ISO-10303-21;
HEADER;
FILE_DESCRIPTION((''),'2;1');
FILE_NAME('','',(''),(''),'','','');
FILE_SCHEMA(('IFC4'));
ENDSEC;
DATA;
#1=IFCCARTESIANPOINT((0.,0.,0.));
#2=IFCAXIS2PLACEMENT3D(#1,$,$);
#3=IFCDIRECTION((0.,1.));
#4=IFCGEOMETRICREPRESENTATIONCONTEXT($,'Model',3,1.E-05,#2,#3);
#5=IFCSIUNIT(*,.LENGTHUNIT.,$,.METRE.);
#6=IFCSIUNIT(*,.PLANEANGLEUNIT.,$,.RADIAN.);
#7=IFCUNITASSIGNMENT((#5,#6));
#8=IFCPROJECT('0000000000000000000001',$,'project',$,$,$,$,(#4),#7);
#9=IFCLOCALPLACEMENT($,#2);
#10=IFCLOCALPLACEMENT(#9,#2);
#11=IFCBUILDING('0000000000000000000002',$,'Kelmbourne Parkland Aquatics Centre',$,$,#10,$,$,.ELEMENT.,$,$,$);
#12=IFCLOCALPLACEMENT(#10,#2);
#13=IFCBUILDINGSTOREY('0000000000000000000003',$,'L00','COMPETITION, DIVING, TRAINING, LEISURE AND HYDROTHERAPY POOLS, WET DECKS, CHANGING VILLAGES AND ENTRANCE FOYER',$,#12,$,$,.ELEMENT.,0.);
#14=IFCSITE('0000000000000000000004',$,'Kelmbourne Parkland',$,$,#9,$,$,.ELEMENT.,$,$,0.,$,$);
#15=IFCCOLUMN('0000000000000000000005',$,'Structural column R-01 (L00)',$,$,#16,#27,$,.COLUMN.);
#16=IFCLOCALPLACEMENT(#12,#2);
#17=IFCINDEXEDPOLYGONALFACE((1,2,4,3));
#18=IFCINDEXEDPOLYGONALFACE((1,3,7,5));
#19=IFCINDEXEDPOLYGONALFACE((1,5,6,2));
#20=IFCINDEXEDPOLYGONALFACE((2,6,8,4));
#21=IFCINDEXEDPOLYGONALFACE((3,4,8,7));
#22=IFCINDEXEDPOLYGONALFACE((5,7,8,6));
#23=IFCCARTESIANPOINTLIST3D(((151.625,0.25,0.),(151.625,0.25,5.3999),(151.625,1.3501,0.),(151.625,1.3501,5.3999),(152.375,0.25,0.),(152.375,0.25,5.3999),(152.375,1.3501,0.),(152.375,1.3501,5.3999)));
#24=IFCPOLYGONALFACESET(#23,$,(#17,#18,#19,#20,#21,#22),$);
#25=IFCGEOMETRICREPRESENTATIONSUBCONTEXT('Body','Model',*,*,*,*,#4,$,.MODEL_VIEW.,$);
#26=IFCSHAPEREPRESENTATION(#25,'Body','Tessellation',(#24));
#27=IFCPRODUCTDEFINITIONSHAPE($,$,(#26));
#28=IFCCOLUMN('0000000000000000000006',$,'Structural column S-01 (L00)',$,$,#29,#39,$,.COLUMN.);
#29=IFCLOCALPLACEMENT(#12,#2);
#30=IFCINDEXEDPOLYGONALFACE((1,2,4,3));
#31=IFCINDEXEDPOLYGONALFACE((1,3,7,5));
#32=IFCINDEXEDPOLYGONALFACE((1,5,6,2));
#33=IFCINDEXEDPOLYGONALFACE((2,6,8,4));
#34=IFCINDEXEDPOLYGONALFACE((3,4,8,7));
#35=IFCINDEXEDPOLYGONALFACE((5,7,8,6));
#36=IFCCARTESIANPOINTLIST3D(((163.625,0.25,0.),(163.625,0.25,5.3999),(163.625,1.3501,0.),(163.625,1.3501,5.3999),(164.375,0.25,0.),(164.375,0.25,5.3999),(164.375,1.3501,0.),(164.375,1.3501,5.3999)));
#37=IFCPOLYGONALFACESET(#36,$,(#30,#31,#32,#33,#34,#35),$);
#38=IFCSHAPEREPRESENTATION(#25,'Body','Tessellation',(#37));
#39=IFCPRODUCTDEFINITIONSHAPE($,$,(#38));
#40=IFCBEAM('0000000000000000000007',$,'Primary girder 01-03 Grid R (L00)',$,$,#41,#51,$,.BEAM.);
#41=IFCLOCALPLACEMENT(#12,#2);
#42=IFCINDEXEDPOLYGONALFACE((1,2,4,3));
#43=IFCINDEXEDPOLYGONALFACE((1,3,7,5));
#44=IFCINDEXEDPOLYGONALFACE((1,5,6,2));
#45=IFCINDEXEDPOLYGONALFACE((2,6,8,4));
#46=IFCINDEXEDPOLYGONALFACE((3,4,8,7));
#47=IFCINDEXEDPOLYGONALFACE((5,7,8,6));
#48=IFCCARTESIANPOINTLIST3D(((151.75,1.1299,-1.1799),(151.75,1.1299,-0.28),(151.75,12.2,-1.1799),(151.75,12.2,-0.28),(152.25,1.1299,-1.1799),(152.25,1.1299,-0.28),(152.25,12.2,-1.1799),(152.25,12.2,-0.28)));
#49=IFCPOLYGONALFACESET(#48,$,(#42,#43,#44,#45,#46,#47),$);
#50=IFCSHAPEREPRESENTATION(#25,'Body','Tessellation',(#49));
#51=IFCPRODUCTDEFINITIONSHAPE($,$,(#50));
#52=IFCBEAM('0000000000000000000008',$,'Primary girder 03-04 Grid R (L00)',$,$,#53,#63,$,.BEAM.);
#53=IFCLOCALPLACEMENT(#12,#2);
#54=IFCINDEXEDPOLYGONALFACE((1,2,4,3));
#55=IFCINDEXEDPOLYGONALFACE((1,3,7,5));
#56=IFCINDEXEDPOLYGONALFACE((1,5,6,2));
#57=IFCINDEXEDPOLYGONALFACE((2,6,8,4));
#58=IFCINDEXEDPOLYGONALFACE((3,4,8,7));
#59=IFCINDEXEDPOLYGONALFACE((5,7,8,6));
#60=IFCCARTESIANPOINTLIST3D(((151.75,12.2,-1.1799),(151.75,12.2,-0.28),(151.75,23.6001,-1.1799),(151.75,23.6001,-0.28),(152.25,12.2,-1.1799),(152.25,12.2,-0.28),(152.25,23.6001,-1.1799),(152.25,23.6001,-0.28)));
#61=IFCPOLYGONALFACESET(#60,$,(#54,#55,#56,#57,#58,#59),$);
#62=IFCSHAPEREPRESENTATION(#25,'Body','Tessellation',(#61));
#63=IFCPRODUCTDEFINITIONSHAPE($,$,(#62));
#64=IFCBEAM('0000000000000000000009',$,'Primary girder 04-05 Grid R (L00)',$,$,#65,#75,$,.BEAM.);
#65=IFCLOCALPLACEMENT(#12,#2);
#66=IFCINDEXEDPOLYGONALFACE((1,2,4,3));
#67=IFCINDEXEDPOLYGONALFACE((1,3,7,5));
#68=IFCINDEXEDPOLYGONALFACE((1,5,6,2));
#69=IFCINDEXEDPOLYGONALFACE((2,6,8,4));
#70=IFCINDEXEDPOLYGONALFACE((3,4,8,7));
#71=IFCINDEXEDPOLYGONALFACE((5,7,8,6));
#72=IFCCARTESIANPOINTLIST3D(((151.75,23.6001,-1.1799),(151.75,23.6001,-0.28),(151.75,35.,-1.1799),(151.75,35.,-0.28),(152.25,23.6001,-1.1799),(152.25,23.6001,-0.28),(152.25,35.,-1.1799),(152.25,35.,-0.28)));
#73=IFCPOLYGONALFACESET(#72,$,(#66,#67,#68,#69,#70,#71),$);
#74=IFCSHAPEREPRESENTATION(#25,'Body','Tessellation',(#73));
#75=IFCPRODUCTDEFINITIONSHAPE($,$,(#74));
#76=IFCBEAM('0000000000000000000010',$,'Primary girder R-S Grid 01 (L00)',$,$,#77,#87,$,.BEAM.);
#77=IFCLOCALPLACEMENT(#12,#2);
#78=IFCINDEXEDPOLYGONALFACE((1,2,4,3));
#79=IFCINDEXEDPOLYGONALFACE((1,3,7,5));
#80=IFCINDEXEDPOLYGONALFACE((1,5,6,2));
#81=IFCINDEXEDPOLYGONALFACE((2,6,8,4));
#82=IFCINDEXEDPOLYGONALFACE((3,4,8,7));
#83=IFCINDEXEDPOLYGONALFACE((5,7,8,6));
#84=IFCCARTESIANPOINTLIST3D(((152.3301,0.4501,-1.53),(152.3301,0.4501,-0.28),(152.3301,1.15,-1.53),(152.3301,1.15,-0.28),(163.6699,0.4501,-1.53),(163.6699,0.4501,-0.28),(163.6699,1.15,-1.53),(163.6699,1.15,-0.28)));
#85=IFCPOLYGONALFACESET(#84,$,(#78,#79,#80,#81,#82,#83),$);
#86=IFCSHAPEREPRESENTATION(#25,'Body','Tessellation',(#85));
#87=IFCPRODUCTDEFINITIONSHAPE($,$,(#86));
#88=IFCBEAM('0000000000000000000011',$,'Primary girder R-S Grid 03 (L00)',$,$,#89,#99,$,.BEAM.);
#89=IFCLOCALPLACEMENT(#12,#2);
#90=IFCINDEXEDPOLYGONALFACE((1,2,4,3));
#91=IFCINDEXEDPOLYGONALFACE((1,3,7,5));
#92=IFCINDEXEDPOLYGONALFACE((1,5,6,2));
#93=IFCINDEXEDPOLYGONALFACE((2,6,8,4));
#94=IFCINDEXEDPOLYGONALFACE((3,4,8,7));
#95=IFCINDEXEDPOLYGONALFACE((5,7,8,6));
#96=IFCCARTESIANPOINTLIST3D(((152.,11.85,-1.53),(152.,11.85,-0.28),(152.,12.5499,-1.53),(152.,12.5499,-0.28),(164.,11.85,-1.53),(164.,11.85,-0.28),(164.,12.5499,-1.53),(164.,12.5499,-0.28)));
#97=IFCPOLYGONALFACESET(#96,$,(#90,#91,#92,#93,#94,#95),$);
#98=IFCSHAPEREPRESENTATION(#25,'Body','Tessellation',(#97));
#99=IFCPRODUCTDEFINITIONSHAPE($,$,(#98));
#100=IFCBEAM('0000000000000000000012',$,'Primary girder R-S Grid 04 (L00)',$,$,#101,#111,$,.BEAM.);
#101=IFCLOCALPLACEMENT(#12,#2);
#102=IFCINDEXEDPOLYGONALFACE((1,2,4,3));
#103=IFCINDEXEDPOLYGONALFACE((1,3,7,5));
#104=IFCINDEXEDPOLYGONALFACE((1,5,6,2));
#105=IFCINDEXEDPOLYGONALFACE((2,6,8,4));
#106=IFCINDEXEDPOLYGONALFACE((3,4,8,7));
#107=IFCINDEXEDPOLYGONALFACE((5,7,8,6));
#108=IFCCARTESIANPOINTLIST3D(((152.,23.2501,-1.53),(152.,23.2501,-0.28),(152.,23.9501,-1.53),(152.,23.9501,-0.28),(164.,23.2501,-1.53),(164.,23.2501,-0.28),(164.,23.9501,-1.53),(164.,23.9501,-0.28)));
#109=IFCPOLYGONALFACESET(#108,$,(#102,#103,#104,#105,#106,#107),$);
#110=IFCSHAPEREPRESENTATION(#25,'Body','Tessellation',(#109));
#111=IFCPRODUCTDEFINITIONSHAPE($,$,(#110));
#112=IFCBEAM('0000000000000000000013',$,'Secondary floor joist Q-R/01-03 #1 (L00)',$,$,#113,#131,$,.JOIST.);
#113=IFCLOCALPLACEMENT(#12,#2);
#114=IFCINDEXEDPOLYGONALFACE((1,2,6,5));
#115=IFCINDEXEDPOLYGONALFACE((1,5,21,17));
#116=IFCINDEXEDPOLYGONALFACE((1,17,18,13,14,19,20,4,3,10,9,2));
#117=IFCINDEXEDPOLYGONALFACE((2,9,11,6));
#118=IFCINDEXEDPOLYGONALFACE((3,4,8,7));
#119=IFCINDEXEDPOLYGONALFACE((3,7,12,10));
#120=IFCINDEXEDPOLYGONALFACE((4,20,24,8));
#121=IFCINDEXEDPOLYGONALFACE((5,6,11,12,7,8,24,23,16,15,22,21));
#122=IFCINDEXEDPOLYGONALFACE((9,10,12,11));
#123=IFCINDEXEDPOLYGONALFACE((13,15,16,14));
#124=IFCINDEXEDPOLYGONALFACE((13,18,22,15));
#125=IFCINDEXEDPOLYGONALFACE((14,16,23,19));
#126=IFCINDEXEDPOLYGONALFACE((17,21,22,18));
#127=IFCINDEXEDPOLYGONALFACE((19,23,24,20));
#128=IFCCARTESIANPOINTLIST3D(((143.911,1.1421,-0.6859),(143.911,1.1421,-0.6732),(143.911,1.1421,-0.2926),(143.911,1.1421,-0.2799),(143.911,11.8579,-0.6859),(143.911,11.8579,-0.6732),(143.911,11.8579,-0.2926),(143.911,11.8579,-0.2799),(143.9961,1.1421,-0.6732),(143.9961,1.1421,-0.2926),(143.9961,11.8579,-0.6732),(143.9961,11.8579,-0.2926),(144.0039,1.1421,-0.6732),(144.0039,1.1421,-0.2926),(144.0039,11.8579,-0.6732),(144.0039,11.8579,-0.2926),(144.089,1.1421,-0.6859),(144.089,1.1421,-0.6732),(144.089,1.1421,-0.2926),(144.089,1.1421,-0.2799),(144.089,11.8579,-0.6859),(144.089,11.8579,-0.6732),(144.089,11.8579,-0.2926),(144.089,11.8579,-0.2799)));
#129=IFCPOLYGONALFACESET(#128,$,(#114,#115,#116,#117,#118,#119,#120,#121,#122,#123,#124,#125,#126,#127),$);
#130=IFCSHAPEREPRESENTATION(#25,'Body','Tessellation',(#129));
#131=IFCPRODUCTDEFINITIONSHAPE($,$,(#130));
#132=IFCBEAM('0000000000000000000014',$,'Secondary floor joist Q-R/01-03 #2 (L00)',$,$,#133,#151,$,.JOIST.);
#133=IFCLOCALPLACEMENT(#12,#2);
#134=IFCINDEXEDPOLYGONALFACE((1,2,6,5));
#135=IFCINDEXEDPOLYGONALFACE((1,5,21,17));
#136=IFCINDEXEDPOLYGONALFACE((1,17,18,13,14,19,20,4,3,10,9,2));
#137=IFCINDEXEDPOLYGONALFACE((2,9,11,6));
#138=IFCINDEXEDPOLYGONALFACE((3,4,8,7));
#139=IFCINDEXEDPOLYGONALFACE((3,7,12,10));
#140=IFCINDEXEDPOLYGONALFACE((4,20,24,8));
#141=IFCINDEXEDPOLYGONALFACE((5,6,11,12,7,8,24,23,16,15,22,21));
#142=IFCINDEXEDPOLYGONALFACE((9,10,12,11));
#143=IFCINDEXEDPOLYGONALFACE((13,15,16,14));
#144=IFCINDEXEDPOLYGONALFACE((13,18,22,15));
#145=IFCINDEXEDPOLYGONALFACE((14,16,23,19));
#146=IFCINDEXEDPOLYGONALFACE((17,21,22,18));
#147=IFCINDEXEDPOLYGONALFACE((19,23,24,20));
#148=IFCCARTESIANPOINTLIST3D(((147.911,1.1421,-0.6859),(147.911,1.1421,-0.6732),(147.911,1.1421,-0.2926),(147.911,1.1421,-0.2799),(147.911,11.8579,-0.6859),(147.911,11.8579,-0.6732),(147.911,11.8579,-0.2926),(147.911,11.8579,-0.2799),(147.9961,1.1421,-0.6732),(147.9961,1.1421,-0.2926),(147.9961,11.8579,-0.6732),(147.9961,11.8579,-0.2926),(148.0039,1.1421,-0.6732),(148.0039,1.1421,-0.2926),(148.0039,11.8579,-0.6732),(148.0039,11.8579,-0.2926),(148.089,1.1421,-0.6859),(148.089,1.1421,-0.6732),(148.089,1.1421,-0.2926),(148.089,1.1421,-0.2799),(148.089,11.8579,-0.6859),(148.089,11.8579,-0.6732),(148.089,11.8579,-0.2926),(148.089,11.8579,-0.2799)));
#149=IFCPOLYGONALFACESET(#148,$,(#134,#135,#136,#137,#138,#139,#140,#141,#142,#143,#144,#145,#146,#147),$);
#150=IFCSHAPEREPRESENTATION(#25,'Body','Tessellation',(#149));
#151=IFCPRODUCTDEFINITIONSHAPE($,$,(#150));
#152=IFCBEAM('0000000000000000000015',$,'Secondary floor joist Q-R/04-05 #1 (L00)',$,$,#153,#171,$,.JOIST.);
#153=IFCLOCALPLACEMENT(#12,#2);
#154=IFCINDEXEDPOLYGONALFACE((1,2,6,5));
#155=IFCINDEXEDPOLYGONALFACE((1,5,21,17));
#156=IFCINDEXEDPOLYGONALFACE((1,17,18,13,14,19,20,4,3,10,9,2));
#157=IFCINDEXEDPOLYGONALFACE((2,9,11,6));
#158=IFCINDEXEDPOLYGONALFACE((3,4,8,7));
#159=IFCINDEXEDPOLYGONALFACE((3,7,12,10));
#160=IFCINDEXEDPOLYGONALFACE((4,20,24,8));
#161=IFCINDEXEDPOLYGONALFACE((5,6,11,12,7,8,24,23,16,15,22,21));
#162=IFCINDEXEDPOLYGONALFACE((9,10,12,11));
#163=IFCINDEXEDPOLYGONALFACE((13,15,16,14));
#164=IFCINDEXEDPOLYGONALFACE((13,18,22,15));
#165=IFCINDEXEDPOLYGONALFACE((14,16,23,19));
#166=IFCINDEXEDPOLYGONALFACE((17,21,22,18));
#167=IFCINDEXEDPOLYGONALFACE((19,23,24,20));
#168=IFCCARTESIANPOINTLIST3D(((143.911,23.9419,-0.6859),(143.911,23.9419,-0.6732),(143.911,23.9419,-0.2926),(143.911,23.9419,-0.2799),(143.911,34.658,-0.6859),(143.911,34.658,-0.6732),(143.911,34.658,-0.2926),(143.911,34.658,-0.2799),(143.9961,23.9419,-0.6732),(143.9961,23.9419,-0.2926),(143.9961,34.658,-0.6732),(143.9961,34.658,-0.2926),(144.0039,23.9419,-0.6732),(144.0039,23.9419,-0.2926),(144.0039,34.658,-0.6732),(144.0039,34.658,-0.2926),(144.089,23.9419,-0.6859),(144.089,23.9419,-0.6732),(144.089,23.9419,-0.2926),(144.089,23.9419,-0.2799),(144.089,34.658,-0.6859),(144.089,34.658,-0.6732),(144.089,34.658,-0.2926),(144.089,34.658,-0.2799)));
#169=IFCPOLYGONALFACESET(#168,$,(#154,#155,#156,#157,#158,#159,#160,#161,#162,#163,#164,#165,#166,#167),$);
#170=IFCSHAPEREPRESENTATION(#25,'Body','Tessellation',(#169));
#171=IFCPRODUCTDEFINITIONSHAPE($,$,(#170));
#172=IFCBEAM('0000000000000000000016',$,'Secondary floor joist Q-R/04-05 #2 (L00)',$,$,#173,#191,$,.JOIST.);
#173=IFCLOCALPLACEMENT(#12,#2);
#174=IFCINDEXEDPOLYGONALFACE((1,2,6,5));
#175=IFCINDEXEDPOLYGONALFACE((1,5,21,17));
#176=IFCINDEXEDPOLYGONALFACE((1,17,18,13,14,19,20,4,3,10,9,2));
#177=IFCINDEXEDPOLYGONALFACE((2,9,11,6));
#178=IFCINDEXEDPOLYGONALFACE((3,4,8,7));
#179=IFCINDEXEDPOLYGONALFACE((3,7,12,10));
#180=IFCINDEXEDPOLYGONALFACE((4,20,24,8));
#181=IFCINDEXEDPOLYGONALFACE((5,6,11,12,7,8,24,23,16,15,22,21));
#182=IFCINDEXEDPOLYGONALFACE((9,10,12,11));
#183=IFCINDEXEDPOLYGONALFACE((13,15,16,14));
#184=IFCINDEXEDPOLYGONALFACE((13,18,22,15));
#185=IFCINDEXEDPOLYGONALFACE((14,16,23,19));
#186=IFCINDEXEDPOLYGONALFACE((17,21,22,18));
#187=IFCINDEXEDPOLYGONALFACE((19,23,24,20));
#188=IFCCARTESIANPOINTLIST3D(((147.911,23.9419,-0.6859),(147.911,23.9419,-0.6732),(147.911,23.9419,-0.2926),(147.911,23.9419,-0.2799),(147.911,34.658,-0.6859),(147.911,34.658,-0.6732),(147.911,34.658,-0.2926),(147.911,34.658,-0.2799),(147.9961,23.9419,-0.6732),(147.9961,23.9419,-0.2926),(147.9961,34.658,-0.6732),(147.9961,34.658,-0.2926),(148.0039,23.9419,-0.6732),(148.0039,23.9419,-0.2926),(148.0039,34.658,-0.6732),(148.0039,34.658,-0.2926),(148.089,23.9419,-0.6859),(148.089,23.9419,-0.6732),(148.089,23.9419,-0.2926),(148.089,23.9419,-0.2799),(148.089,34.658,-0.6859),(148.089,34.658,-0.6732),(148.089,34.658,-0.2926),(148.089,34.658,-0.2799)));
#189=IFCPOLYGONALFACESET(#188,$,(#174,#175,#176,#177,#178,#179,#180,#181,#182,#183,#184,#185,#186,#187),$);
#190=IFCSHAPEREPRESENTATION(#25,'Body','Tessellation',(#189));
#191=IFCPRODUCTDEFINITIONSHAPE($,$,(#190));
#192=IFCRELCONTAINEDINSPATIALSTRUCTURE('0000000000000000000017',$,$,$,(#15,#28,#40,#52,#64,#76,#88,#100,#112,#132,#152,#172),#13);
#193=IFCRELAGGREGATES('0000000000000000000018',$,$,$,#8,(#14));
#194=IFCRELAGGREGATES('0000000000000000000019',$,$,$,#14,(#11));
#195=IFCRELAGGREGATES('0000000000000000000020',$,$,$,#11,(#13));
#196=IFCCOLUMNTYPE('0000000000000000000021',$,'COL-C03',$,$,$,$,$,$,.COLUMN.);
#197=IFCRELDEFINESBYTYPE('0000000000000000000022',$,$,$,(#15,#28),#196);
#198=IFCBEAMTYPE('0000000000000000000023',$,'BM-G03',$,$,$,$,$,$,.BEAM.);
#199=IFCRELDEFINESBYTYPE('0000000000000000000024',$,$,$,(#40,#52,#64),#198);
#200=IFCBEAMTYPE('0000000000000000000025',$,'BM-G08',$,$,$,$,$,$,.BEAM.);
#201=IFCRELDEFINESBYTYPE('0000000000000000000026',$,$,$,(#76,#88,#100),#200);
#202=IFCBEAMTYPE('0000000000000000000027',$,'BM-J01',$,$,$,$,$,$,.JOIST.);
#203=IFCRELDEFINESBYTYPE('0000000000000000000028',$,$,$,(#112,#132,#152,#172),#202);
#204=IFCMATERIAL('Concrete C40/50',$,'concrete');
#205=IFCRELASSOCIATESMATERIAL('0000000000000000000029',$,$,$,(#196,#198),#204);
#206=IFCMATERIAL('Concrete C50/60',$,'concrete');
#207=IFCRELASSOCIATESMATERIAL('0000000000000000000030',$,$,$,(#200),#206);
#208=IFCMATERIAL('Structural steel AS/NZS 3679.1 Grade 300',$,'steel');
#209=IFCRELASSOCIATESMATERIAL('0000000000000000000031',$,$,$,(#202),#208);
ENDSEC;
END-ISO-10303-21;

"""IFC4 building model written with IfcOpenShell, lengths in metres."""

from ifc_helpers import new_model, si_unit, direction, frame, origin, origin_2d, place, context, subcontext, project, spatial, rectangle, i_section, extrude, material, material_profile, profile_set, type_object, element, save


model = new_model("IFC4")

# Units and contexts
model_context = context("Model", 3, precision=1e-05, world=origin(), true_north=direction((0.0, 1.0)))
body_context = subcontext(model_context, "Body", "Model", "MODEL_VIEW")
ifc_project = project(units=[si_unit("LENGTHUNIT", "METRE"), si_unit("PLANEANGLEUNIT", "RADIAN")], contexts=[model_context])

# Site, building, storey
site_placement = place(None, origin())
site = spatial("IfcSite", under=ifc_project, at=site_placement, Name="Kelmbourne Parkland", CompositionType="ELEMENT", RefElevation=0.0)
building_placement = place(site_placement, origin())
building = spatial("IfcBuilding", under=site, at=building_placement, Name="Kelmbourne Parkland Aquatics Centre", CompositionType="ELEMENT")
storey_placement = place(building_placement, origin())
storey = spatial("IfcBuildingStorey", under=building, at=storey_placement, Name="L00", Description="COMPETITION, DIVING, TRAINING, LEISURE AND HYDROTHERAPY POOLS, WET DECKS, CHANGING VILLAGES AND ENTRANCE FOYER", CompositionType="ELEMENT", Elevation=0.0)

# Columns
ifc_material_1 = material(Name="Concrete C40/50", Category="concrete")
ifc_material_profile_1 = material_profile(ifc_material_1, rectangle(XDim=0.75, YDim=1.1001, at=origin_2d()), Name="RC 750x1100")
ifc_profile_set_1 = profile_set([ifc_material_profile_1], Name="Concrete C40/50")
column_type = type_object("IfcColumnType", Name="COL-C03", PredefinedType="COLUMN", material=ifc_profile_set_1)
for number, where, z_axis, x_axis, name in (
    (1, (152.0, 0.8, 0.0), (0.0, 0.0, 1.0), (1.0, 0.0, 0.0), "Structural column R-01 (L00)"),
    (2, (164.0, 0.8, 0.0), (0.0, 0.0, 1.0), (1.0, 0.0, 0.0), "Structural column S-01 (L00)"),
):
    element("IfcColumn", number, at=place(storey_placement, frame(where, z_axis=z_axis, x_axis=x_axis)), inside=storey, type_object=column_type, Name=name, PredefinedType="COLUMN", context=body_context, shape_type="SweptSolid", body=[
        extrude(rectangle(XDim=0.75, YDim=1.1001, at=origin_2d()), origin(), (0.0, 0.0, 1.0), 5.3999),
    ])

# Beams
ifc_material_profile_2 = material_profile(ifc_material_1, rectangle(XDim=0.5, YDim=0.8999, at=origin_2d()), Name="RC 500x900")
ifc_profile_set_2 = profile_set([ifc_material_profile_2], Name="Concrete C40/50")
beam_type_1 = type_object("IfcBeamType", Name="BM-G03", PredefinedType="BEAM", material=ifc_profile_set_2)
beam_1_placement = place(storey_placement, frame((152.0, 1.1299, -0.73), z_axis=(0.0, 1.0, 0.0), x_axis=(-1.0, 0.0, 0.0)))
element("IfcBeam", 3, at=beam_1_placement, inside=storey, type_object=beam_type_1, Name="Primary girder 01-03 Grid R (L00)", PredefinedType="BEAM", context=body_context, shape_type="SweptSolid", body=[
    extrude(rectangle(XDim=0.5, YDim=0.8999, at=origin_2d()), origin(), (0.0, 0.0, 1.0), 11.0701),
])
beam_2_placement = place(storey_placement, frame((152.0, 12.2, -0.73), z_axis=(0.0, 1.0, 0.0), x_axis=(-1.0, 0.0, 0.0)))
element("IfcBeam", 4, at=beam_2_placement, inside=storey, type_object=beam_type_1, Name="Primary girder 03-04 Grid R (L00)", PredefinedType="BEAM", context=body_context, shape_type="SweptSolid", body=[
    extrude(rectangle(XDim=0.5, YDim=0.8999, at=origin_2d()), origin(), (0.0, 0.0, 1.0), 11.4001),
])
beam_3_placement = place(storey_placement, frame((152.0, 23.6001, -0.73), z_axis=(0.0, 1.0, 0.0), x_axis=(-1.0, 0.0, 0.0)))
element("IfcBeam", 5, at=beam_3_placement, inside=storey, type_object=beam_type_1, Name="Primary girder 04-05 Grid R (L00)", PredefinedType="BEAM", context=body_context, shape_type="SweptSolid", body=[
    extrude(rectangle(XDim=0.5, YDim=0.8999, at=origin_2d()), origin(), (0.0, 0.0, 1.0), 11.3999),
])
ifc_material_2 = material(Name="Concrete C50/60", Category="concrete")
ifc_material_profile_3 = material_profile(ifc_material_2, rectangle(XDim=0.7, YDim=1.25, at=origin_2d()), Name="RC 700x1250")
ifc_profile_set_3 = profile_set([ifc_material_profile_3], Name="Concrete C50/60")
beam_type_2 = type_object("IfcBeamType", Name="BM-G08", PredefinedType="BEAM", material=ifc_profile_set_3)
beam_4_placement = place(storey_placement, frame((152.3301, 0.8, -0.905), z_axis=(1.0, 0.0, 0.0), x_axis=(0.0, 1.0, 0.0)))
element("IfcBeam", 6, at=beam_4_placement, inside=storey, type_object=beam_type_2, Name="Primary girder R-S Grid 01 (L00)", PredefinedType="BEAM", context=body_context, shape_type="SweptSolid", body=[
    extrude(rectangle(XDim=0.7, YDim=1.25, at=origin_2d()), origin(), (0.0, 0.0, 1.0), 11.3398),
])
for number, where, z_axis, x_axis, name in (
    (7, (152.0, 12.2, -0.905), (1.0, 0.0, 0.0), (0.0, 1.0, 0.0), "Primary girder R-S Grid 03 (L00)"),
    (8, (152.0, 23.6001, -0.905), (1.0, 0.0, 0.0), (0.0, 1.0, 0.0), "Primary girder R-S Grid 04 (L00)"),
):
    element("IfcBeam", number, at=place(storey_placement, frame(where, z_axis=z_axis, x_axis=x_axis)), inside=storey, type_object=beam_type_2, Name=name, PredefinedType="BEAM", context=body_context, shape_type="SweptSolid", body=[
        extrude(rectangle(XDim=0.7, YDim=1.25, at=origin_2d()), origin(), (0.0, 0.0, 1.0), 12.0),
    ])
ifc_material_3 = material(Name="Structural steel AS/NZS 3679.1 Grade 300", Category="steel")
ifc_material_profile_4 = material_profile(ifc_material_3, i_section(OverallWidth=0.178, OverallDepth=0.406, WebThickness=0.0078, FlangeThickness=0.0127, at=origin_2d()), Name="410UB59.7")
ifc_profile_set_4 = profile_set([ifc_material_profile_4], Name="Structural steel AS/NZS 3679.1 Grade 300")
beam_type_3 = type_object("IfcBeamType", Name="BM-J01", PredefinedType="JOIST", material=ifc_profile_set_4)
for number, where, z_axis, x_axis, name in (
    (9, (144.0, 1.1421, -0.4829), (0.0, 1.0, 0.0), (-1.0, 0.0, 0.0), "Secondary floor joist Q-R/01-03 #1 (L00)"),
    (10, (148.0, 1.1421, -0.4829), (0.0, 1.0, 0.0), (-1.0, 0.0, 0.0), "Secondary floor joist Q-R/01-03 #2 (L00)"),
):
    element("IfcBeam", number, at=place(storey_placement, frame(where, z_axis=z_axis, x_axis=x_axis)), inside=storey, type_object=beam_type_3, Name=name, PredefinedType="JOIST", context=body_context, shape_type="SweptSolid", body=[
        extrude(i_section(OverallWidth=0.178, OverallDepth=0.406, WebThickness=0.0078, FlangeThickness=0.0127, at=origin_2d()), origin(), (0.0, 0.0, 1.0), 10.7158),
    ])
for number, where, z_axis, x_axis, name in (
    (11, (144.0, 23.9419, -0.4829), (0.0, 1.0, 0.0), (-1.0, 0.0, 0.0), "Secondary floor joist Q-R/04-05 #1 (L00)"),
    (12, (148.0, 23.9419, -0.4829), (0.0, 1.0, 0.0), (-1.0, 0.0, 0.0), "Secondary floor joist Q-R/04-05 #2 (L00)"),
):
    element("IfcBeam", number, at=place(storey_placement, frame(where, z_axis=z_axis, x_axis=x_axis)), inside=storey, type_object=beam_type_3, Name=name, PredefinedType="JOIST", context=body_context, shape_type="SweptSolid", body=[
        extrude(i_section(OverallWidth=0.178, OverallDepth=0.406, WebThickness=0.0078, FlangeThickness=0.0127, at=origin_2d()), origin(), (0.0, 0.0, 1.0), 10.7161),
    ])

save(model, "model.ifc")
